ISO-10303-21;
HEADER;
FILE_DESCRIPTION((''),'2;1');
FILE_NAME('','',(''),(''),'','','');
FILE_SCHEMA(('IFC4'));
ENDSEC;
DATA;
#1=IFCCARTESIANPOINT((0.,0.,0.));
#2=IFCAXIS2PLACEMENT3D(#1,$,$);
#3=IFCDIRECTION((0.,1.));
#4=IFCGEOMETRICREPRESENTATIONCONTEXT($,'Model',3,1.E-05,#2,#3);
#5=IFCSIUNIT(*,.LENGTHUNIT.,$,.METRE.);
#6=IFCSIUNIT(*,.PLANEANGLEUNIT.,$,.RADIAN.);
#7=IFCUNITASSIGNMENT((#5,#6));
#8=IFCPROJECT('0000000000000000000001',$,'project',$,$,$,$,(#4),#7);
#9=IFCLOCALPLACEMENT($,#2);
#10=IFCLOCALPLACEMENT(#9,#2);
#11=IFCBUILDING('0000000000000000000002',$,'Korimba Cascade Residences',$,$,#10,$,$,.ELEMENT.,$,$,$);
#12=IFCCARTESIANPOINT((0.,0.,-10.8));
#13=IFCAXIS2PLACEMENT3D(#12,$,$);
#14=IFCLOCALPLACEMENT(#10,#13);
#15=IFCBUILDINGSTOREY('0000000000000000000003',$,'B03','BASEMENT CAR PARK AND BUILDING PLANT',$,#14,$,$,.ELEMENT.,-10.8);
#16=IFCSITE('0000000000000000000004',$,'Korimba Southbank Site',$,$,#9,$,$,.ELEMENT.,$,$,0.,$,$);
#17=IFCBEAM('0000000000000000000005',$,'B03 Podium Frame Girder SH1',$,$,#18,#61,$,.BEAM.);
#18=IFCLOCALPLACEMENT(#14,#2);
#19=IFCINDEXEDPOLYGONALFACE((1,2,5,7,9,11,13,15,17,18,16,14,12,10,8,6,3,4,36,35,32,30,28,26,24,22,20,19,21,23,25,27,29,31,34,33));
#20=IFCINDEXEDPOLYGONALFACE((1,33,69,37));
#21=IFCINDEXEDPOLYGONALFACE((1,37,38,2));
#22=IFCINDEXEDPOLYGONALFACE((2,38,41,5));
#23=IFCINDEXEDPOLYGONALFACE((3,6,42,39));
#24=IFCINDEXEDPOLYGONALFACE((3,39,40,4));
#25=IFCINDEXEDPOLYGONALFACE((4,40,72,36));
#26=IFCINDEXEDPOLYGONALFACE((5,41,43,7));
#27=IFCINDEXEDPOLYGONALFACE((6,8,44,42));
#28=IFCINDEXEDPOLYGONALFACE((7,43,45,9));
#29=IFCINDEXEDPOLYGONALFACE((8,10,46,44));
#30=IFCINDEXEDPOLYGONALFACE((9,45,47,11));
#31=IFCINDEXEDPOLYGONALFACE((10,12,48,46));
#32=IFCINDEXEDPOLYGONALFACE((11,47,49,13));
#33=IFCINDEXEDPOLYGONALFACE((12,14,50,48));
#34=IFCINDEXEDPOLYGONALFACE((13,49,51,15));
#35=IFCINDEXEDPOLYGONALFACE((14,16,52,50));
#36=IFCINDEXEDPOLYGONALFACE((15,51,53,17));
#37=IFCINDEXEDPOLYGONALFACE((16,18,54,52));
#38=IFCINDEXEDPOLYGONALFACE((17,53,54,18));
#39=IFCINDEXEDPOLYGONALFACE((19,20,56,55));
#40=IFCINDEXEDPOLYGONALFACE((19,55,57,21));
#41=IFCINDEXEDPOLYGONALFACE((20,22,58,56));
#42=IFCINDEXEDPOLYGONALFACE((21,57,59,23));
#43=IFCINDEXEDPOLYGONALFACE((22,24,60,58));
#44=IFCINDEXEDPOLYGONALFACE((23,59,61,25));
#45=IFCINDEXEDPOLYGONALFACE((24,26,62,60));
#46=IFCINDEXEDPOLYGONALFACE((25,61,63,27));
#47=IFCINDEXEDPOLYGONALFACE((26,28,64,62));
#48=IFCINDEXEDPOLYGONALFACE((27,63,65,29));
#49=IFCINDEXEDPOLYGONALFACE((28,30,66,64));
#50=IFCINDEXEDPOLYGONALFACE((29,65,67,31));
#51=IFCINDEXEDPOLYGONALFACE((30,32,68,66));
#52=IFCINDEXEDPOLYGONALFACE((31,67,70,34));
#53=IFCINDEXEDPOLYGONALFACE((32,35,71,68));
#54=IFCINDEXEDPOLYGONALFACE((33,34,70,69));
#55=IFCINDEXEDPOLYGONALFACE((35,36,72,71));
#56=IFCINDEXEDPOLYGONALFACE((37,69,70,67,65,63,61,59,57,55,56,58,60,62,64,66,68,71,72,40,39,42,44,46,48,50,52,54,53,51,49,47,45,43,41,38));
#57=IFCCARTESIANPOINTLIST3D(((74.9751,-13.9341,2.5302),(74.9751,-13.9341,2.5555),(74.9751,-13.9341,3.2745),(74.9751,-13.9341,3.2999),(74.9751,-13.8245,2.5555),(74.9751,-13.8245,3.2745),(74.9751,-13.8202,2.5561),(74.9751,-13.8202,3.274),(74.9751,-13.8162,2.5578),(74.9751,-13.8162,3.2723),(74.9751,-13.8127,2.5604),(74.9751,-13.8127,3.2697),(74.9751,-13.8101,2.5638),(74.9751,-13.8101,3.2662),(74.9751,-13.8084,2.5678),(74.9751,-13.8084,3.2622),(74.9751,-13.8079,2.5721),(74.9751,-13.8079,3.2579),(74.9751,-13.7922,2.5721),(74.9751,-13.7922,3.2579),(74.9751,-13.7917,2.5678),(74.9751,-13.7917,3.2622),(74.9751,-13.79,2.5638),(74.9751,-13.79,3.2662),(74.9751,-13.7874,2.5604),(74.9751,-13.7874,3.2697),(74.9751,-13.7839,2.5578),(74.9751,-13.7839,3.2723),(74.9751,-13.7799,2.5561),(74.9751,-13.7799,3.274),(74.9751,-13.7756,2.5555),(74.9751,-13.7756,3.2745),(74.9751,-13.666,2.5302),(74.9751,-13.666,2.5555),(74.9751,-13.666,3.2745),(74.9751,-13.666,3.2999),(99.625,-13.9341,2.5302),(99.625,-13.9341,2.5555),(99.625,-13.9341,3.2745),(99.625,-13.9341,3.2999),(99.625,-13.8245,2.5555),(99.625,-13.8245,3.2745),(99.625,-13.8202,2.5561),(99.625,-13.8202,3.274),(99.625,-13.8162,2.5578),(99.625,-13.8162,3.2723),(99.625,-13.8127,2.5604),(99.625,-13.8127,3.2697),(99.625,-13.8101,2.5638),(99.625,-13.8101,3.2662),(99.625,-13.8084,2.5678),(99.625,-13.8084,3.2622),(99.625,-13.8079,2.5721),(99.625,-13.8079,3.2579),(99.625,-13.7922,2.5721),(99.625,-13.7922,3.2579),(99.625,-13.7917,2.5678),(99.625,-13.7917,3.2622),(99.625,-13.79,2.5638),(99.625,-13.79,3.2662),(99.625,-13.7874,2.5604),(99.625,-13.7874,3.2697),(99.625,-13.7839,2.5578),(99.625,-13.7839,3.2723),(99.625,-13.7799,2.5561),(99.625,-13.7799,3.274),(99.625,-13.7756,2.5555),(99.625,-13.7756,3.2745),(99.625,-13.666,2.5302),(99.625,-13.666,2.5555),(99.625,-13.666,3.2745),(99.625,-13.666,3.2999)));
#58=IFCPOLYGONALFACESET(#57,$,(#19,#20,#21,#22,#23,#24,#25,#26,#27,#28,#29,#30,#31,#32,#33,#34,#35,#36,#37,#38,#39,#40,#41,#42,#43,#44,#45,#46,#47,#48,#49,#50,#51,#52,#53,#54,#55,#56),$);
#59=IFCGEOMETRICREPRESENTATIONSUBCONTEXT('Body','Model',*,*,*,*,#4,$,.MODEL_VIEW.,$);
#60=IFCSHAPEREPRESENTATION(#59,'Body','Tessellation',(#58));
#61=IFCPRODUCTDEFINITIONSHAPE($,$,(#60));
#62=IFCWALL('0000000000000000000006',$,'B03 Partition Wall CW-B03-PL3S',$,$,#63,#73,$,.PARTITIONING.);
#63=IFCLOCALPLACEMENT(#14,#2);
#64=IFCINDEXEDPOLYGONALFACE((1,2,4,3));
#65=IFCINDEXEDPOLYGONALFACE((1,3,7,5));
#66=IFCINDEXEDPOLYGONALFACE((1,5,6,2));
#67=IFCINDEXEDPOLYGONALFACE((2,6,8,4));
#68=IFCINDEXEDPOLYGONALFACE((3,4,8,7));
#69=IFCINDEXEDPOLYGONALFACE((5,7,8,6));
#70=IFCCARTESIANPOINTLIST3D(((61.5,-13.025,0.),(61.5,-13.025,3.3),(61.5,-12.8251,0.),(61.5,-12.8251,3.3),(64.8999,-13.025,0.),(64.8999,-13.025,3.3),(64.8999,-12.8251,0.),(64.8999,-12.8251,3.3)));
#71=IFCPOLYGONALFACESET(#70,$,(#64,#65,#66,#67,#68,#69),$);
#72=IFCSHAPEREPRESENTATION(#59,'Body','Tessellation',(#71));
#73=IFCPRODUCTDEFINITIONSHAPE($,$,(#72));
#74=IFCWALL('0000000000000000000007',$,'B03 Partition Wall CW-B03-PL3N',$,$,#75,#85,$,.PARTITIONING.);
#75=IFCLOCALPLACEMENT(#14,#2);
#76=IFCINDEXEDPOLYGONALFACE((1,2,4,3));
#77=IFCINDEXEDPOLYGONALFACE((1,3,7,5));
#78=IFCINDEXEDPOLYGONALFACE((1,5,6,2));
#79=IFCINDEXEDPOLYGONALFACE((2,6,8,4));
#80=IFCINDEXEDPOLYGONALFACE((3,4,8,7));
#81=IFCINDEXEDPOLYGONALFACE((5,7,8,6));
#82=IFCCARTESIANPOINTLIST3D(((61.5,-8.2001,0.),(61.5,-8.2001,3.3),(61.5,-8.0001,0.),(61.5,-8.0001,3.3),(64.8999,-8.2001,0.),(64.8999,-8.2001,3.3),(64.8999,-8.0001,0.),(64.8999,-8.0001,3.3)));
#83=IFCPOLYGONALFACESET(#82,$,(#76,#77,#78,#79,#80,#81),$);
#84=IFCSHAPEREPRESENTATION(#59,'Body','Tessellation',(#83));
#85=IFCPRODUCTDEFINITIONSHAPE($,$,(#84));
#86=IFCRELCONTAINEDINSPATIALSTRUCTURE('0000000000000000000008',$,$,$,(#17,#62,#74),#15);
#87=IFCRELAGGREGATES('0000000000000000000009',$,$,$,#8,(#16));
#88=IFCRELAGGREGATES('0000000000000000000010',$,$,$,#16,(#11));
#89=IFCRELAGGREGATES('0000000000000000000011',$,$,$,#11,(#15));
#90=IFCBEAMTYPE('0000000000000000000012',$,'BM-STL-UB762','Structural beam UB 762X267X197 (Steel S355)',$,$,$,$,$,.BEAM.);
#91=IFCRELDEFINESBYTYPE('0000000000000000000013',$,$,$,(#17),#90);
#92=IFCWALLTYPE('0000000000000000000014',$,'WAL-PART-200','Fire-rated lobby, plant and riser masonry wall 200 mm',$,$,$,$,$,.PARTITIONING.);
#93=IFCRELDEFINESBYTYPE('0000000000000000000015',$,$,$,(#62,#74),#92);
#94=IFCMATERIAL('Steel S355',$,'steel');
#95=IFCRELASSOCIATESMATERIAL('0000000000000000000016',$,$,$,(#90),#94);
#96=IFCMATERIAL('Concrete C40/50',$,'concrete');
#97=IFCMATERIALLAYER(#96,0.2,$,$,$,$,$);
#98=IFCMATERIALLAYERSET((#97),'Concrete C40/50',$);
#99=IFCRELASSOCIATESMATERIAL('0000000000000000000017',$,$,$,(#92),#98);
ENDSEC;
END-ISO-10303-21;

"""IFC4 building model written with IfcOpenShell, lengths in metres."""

from ifc_helpers import new_model, si_unit, direction, frame, frame_2d, origin, origin_2d, place, context, subcontext, project, spatial, rectangle, i_section, extrude, material, layer, layer_set, material_profile, profile_set, type_object, element, save


model = new_model("IFC4")

# Units and contexts
model_context = context("Model", 3, precision=1e-05, world=origin(), true_north=direction((0.0, 1.0)))
body_context = subcontext(model_context, "Body", "Model", "MODEL_VIEW")
ifc_project = project(units=[si_unit("LENGTHUNIT", "METRE"), si_unit("PLANEANGLEUNIT", "RADIAN")], contexts=[model_context])

# Site, building, storey
site_placement = place(None, origin())
site = spatial("IfcSite", under=ifc_project, at=site_placement, Name="Korimba Southbank Site", CompositionType="ELEMENT", RefElevation=0.0)
building_placement = place(site_placement, origin())
building = spatial("IfcBuilding", under=site, at=building_placement, Name="Korimba Cascade Residences", CompositionType="ELEMENT")
storey_placement = place(building_placement, frame((0.0, 0.0, -10.8)))
storey = spatial("IfcBuildingStorey", under=building, at=storey_placement, Name="B03", Description="BASEMENT CAR PARK AND BUILDING PLANT", CompositionType="ELEMENT", Elevation=-10.8)

# Beam
ifc_material_1 = material(Name="Steel S355", Category="steel")
ifc_material_profile_1 = material_profile(ifc_material_1, i_section(OverallWidth=0.2681, OverallDepth=0.7698, WebThickness=0.0156, FlangeThickness=0.0254, FilletRadius=0.0166, at=origin_2d()), Name="Steel S355")
ifc_profile_set_1 = profile_set([ifc_material_profile_1], Name="Steel S355")
beam_type_1 = type_object("IfcBeamType", Name="BM-STL-UB762", Description="Structural beam UB 762X267X197 (Steel S355)", PredefinedType="BEAM", material=ifc_profile_set_1)
beam_1_placement = place(storey_placement, frame((74.9751, -13.8, 2.915), z_axis=(1.0, 0.0, 0.0), x_axis=(0.0, 1.0, 0.0)))
element("IfcBeam", 1, at=beam_1_placement, inside=storey, type_object=beam_type_1, Name="B03 Podium Frame Girder SH1", PredefinedType="BEAM", context=body_context, shape_type="SweptSolid", body=[
    extrude(i_section(OverallWidth=0.2681, OverallDepth=0.7698, WebThickness=0.0156, FlangeThickness=0.0254, FilletRadius=0.0166, at=origin_2d()), origin(), (0.0, 0.0, 1.0), 24.6499),
])

# Shared definitions
ifc_material_2 = material(Name="Concrete C40/50", Category="concrete")
ifc_layer = layer(ifc_material_2, 0.2)
ifc_layer_set = layer_set([ifc_layer], Name="Concrete C40/50")
wall_type = type_object("IfcWallType", Name="WAL-PART-200", Description="Fire-rated lobby, plant and riser masonry wall 200 mm", PredefinedType="PARTITIONING", material=ifc_layer_set)

# Walls
for number, where, z_axis, x_axis, name in (
    (2, (61.5, -12.925, 0.0), (0.0, 0.0, 1.0), (1.0, 0.0, 0.0), "B03 Partition Wall CW-B03-PL3S"),
    (3, (61.5, -8.1001, 0.0), (0.0, 0.0, 1.0), (1.0, 0.0, 0.0), "B03 Partition Wall CW-B03-PL3N"),
):
    element("IfcWall", number, at=place(storey_placement, frame(where, z_axis=z_axis, x_axis=x_axis)), inside=storey, type_object=wall_type, Name=name, PredefinedType="PARTITIONING", context=body_context, shape_type="SweptSolid", body=[
        extrude(rectangle(XDim=3.3999, YDim=0.2, at=frame_2d((1.7, 0.0))), origin(), (0.0, 0.0, 1.0), 3.3),
    ])

save(model, "model.ifc")
